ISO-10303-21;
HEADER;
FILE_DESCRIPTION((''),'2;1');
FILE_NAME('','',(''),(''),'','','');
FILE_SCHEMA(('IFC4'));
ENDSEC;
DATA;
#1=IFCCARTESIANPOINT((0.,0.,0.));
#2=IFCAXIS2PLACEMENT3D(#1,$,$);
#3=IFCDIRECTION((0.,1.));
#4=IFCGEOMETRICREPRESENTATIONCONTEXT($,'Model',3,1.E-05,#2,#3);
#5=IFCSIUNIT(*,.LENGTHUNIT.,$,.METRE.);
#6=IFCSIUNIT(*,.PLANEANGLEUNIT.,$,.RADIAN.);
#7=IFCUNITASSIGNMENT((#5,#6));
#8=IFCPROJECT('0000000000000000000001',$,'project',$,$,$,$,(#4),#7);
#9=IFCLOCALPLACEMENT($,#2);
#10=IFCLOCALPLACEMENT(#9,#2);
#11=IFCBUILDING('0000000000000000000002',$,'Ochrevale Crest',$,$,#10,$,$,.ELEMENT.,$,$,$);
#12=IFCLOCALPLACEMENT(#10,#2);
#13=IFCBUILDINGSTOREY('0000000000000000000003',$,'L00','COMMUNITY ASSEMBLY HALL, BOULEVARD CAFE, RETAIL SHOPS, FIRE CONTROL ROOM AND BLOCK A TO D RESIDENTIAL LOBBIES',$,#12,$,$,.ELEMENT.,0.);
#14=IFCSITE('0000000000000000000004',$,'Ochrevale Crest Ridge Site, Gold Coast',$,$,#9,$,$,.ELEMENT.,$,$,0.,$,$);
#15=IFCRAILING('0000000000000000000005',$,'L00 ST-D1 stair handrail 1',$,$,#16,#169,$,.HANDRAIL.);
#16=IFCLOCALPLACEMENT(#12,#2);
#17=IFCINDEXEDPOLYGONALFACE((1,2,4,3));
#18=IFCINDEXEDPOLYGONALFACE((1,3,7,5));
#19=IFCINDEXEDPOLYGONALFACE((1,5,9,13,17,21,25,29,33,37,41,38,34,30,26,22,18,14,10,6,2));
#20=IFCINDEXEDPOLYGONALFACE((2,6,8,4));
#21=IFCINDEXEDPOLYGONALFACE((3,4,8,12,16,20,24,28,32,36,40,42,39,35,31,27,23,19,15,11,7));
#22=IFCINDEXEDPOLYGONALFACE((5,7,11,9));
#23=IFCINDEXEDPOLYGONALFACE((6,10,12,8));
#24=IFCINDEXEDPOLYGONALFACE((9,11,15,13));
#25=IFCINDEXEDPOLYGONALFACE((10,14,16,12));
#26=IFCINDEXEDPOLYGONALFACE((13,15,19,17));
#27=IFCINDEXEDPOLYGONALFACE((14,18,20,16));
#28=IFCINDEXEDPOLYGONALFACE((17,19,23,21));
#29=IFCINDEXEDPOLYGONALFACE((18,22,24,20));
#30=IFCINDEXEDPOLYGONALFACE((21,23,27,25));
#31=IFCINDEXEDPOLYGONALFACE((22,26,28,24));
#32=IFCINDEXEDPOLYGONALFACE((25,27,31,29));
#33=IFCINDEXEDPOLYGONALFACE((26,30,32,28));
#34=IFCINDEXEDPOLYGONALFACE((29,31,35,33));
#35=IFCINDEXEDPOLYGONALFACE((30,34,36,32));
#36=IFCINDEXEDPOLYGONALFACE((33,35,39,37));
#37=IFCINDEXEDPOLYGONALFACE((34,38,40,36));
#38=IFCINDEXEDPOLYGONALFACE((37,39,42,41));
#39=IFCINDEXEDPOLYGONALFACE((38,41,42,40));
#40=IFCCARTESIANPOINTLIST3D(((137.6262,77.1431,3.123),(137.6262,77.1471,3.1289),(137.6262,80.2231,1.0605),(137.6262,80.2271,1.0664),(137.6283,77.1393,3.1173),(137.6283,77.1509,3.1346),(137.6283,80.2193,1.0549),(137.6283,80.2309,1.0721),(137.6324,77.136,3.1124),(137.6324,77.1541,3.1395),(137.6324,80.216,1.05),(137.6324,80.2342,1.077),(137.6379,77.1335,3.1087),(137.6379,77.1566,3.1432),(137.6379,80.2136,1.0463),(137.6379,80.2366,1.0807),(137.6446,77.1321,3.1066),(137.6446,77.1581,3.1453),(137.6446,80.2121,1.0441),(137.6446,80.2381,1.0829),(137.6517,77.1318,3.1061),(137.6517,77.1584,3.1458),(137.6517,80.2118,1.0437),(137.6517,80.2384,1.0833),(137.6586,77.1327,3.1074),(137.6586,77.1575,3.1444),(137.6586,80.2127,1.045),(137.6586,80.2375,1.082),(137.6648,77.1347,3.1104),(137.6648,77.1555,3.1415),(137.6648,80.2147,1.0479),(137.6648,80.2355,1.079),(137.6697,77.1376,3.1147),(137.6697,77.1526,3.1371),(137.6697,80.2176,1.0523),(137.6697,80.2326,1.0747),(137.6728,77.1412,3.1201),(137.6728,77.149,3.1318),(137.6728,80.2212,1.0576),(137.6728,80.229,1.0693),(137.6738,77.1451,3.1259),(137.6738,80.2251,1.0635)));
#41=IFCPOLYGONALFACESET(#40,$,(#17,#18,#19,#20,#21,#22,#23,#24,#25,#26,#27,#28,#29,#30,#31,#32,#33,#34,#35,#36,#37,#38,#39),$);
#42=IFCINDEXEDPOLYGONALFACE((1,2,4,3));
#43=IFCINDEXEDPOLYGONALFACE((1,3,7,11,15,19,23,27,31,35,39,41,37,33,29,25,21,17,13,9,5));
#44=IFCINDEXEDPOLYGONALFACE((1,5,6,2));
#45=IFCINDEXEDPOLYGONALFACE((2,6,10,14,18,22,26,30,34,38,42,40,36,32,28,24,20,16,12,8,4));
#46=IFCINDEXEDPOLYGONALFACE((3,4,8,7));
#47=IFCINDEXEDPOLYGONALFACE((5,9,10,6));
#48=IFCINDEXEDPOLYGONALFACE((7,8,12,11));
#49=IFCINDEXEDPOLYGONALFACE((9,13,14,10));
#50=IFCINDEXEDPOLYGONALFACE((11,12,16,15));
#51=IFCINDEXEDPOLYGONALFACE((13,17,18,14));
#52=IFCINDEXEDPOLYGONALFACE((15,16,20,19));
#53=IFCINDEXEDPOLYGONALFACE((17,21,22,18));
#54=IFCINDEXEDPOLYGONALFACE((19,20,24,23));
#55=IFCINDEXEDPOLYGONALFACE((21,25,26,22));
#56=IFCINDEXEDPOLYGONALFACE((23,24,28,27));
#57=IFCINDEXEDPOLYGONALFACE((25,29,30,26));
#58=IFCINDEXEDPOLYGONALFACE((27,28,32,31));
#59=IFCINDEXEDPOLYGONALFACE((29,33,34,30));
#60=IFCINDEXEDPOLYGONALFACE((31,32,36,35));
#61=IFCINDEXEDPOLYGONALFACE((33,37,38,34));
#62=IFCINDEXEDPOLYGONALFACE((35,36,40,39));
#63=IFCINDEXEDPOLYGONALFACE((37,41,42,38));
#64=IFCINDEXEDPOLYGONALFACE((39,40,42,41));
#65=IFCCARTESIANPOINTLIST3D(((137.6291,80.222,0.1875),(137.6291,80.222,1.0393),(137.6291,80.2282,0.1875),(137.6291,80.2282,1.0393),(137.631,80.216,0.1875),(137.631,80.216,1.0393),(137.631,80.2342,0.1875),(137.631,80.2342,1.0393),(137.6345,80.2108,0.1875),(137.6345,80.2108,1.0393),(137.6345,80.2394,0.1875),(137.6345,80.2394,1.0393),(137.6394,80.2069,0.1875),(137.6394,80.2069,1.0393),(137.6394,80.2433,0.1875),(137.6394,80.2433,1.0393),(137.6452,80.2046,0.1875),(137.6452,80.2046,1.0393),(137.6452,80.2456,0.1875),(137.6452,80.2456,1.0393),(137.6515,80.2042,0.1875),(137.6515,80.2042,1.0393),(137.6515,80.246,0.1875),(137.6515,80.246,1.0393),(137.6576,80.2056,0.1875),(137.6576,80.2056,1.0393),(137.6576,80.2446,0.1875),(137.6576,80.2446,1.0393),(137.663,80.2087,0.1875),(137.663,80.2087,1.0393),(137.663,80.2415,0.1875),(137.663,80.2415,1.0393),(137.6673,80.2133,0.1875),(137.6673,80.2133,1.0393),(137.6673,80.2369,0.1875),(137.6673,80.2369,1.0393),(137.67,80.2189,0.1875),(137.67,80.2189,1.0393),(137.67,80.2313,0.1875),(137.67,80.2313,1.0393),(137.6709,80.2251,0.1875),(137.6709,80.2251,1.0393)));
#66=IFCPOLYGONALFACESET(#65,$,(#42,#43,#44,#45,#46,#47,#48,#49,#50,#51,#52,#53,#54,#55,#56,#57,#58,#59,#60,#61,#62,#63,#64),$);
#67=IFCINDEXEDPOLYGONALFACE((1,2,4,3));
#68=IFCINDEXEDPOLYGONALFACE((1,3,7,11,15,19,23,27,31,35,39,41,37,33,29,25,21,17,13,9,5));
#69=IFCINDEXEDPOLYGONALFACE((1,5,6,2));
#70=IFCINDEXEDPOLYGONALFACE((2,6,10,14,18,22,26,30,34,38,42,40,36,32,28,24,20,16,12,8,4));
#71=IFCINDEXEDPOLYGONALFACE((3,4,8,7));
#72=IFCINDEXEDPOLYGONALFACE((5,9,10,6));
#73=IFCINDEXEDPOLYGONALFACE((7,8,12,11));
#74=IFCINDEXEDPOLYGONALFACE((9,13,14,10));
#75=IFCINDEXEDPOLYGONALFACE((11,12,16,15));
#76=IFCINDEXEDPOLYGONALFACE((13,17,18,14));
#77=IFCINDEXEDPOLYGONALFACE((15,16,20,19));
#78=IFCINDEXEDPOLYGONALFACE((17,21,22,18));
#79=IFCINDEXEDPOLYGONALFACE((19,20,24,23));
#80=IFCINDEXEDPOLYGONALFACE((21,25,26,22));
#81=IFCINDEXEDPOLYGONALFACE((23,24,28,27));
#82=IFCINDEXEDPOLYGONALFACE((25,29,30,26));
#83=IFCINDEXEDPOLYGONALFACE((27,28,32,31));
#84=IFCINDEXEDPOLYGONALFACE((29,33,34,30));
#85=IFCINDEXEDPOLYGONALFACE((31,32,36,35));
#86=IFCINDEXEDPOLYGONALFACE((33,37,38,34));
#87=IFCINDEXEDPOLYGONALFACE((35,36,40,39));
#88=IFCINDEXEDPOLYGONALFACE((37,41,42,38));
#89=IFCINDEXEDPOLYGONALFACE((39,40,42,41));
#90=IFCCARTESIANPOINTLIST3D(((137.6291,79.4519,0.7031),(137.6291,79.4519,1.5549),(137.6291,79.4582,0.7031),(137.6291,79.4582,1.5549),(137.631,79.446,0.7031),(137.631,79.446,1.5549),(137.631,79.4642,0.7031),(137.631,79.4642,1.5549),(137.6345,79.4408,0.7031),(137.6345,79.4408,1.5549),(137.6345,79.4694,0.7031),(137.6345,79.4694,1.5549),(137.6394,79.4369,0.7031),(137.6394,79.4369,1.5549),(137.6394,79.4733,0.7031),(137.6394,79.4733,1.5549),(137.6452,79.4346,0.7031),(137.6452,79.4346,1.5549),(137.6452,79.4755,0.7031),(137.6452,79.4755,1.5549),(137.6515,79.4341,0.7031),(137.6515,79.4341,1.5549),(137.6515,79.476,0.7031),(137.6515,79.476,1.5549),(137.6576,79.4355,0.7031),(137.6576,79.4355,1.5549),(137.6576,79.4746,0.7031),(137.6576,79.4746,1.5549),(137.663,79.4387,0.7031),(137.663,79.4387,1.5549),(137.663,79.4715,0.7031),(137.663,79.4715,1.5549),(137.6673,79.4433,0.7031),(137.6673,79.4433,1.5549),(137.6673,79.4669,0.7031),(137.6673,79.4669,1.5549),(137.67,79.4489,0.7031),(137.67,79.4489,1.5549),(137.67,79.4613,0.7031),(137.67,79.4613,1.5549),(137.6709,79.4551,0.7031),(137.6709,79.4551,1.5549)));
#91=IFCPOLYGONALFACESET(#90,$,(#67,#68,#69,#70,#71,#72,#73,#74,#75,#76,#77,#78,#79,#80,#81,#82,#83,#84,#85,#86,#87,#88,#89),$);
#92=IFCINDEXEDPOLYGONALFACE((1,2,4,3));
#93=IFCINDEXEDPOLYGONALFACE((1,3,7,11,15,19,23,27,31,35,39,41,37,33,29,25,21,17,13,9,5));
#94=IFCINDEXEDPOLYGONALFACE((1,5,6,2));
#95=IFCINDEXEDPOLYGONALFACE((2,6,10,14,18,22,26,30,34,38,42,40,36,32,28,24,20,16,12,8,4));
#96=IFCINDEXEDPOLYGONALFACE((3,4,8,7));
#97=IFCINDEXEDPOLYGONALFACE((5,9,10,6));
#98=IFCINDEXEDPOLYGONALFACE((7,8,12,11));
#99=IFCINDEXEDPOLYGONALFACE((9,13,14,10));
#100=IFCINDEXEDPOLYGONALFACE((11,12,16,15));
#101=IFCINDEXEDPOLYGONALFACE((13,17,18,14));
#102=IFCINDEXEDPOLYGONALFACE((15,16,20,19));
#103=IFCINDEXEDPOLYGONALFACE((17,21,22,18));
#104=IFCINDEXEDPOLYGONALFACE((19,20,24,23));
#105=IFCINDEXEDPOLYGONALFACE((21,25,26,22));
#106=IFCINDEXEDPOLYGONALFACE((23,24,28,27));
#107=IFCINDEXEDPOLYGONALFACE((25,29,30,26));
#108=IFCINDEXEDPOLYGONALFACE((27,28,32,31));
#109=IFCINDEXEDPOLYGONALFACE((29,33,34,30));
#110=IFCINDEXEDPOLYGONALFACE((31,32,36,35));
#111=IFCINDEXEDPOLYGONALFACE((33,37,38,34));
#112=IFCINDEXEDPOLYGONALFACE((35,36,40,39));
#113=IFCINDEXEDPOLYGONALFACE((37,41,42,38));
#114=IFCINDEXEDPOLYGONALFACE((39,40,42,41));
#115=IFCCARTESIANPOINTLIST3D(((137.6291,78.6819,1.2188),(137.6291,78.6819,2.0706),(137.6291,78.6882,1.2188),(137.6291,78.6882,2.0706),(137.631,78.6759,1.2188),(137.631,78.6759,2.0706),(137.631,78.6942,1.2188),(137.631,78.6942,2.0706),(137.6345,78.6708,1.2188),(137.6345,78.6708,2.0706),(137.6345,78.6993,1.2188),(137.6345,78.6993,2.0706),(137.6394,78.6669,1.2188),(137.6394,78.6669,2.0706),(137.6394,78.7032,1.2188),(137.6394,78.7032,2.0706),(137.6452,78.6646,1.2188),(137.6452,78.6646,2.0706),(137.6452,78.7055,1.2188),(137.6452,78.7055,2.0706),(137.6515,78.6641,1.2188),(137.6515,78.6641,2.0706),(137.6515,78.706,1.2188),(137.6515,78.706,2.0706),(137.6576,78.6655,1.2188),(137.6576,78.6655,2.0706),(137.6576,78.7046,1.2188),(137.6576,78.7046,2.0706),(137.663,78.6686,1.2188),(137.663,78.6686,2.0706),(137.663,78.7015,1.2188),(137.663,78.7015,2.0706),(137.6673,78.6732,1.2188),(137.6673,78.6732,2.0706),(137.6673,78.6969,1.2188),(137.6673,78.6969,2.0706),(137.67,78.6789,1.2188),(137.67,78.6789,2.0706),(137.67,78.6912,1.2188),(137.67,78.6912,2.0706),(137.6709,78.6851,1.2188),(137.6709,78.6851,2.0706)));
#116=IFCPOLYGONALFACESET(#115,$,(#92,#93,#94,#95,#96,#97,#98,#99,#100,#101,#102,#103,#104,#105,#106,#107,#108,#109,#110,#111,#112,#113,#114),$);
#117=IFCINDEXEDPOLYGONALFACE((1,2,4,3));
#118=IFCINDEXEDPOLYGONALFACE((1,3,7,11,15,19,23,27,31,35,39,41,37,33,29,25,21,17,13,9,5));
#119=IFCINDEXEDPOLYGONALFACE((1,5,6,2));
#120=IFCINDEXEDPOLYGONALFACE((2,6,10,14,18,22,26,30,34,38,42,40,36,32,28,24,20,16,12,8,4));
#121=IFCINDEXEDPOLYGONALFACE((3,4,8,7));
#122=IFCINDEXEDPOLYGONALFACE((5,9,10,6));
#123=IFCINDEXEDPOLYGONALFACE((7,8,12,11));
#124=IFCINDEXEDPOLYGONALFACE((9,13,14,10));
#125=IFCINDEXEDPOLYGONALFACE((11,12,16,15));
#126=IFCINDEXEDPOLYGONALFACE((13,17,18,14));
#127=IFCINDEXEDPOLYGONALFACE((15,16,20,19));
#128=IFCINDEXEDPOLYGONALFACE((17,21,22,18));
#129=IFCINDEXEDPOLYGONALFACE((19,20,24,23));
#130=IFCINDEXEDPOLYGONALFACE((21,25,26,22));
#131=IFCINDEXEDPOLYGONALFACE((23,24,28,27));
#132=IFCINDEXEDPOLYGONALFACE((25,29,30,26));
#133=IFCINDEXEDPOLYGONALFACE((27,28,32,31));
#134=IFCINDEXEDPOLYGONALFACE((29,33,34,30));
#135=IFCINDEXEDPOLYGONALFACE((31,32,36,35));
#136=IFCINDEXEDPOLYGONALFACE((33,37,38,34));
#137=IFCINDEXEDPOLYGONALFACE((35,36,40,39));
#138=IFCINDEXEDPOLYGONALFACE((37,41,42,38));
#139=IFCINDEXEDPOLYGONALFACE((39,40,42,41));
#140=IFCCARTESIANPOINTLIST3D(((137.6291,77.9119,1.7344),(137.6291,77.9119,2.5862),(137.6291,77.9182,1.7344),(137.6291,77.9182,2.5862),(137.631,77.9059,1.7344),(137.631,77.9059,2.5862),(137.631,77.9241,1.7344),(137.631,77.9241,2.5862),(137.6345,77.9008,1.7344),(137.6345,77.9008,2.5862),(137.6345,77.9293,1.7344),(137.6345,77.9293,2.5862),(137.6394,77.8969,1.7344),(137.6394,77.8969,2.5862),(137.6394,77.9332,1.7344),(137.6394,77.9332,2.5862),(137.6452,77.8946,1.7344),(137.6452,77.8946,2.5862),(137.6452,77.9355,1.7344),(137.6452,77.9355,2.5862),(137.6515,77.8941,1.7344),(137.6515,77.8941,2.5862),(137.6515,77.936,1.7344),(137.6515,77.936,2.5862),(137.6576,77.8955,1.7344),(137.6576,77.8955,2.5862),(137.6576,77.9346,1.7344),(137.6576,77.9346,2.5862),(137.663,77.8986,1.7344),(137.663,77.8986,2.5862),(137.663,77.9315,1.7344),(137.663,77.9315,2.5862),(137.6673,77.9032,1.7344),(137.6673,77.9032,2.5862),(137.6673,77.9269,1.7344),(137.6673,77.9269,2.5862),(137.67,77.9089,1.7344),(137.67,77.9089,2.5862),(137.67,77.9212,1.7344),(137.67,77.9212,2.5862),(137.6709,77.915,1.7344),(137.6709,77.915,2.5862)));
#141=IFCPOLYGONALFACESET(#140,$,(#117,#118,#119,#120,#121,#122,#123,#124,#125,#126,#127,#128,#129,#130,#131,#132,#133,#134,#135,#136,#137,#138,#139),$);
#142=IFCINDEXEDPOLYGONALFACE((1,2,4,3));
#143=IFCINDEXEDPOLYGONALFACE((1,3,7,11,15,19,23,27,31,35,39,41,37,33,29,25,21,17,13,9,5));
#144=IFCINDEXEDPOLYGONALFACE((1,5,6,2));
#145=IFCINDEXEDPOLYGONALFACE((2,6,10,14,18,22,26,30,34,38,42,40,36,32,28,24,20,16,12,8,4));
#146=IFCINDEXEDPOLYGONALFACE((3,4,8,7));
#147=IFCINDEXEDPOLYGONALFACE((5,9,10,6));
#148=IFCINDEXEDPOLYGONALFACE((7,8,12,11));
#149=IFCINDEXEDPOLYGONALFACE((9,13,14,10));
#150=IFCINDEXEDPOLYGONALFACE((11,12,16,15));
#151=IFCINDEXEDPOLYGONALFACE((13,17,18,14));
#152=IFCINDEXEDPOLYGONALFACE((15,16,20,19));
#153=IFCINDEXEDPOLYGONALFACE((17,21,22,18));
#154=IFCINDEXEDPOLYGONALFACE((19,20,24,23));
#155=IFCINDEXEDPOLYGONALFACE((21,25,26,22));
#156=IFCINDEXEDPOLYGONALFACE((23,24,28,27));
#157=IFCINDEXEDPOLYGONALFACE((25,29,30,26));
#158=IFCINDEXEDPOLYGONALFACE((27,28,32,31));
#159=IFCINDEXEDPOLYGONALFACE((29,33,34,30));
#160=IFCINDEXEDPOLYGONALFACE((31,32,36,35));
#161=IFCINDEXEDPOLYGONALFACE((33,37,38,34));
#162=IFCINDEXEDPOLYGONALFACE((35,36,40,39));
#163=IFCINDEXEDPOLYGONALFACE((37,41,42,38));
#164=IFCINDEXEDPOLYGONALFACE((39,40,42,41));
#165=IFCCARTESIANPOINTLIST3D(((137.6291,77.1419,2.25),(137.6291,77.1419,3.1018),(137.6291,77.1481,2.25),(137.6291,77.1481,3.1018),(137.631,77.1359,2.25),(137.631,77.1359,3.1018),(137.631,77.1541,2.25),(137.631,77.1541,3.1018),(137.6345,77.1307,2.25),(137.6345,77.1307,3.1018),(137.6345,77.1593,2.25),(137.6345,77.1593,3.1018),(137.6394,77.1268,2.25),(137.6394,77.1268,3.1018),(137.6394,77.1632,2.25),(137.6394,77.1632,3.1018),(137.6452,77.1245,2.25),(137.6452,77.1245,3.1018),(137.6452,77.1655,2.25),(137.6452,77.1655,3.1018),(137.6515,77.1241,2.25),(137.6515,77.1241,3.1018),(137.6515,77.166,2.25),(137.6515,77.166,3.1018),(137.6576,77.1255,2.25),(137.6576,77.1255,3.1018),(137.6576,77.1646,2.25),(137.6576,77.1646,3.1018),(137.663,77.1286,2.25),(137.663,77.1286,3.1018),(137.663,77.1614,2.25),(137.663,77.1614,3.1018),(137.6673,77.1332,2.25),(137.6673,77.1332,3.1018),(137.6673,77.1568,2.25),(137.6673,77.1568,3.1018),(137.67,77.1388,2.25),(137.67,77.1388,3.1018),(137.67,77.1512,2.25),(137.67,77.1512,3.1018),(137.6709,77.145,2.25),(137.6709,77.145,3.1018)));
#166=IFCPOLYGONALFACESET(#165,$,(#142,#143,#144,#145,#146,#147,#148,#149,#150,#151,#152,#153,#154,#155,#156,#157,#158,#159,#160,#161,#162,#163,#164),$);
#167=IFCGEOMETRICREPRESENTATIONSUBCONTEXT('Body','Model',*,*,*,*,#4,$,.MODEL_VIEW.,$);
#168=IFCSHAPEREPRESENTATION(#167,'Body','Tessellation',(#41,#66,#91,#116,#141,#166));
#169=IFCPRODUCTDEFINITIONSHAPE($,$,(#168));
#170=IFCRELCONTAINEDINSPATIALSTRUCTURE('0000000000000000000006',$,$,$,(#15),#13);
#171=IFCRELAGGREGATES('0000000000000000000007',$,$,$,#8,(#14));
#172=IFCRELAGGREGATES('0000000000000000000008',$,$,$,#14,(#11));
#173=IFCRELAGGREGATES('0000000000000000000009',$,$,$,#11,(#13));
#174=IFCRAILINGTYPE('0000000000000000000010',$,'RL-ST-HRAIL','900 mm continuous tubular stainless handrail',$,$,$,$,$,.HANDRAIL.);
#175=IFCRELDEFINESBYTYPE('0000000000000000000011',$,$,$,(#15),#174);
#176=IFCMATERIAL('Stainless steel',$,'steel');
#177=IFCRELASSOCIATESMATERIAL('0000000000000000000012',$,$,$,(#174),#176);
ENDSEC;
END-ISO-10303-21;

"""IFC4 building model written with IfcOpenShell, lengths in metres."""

from ifc_helpers import new_model, si_unit, direction, frame, origin, origin_2d, place, context, subcontext, project, spatial, circle, extrude, material, type_object, element, save


model = new_model("IFC4")

# Units and contexts
model_context = context("Model", 3, precision=1e-05, world=origin(), true_north=direction((0.0, 1.0)))
body_context = subcontext(model_context, "Body", "Model", "MODEL_VIEW")
ifc_project = project(units=[si_unit("LENGTHUNIT", "METRE"), si_unit("PLANEANGLEUNIT", "RADIAN")], contexts=[model_context])

# Site, building, storey
site_placement = place(None, origin())
site = spatial("IfcSite", under=ifc_project, at=site_placement, Name="Ochrevale Crest Ridge Site, Gold Coast", CompositionType="ELEMENT", RefElevation=0.0)
building_placement = place(site_placement, origin())
building = spatial("IfcBuilding", under=site, at=building_placement, Name="Ochrevale Crest", CompositionType="ELEMENT")
storey_placement = place(building_placement, origin())
storey = spatial("IfcBuildingStorey", under=building, at=storey_placement, Name="L00", Description="COMMUNITY ASSEMBLY HALL, BOULEVARD CAFE, RETAIL SHOPS, FIRE CONTROL ROOM AND BLOCK A TO D RESIDENTIAL LOBBIES", CompositionType="ELEMENT", Elevation=0.0)

# Railing
ifc_material_1 = material(Name="Stainless steel", Category="steel")
railing_type_1 = type_object("IfcRailingType", Name="RL-ST-HRAIL", Description="900 mm continuous tubular stainless handrail", PredefinedType="HANDRAIL", material=ifc_material_1)
railing_1_placement = place(storey_placement, frame((137.6499, 80.2251, 0.1875)))
element("IfcRailing", 1, at=railing_1_placement, inside=storey, type_object=railing_type_1, Name="L00 ST-D1 stair handrail 1", PredefinedType="HANDRAIL", context=body_context, shape_type="SweptSolid", body=[
    extrude(circle(Radius=0.0239, at=origin_2d()), frame((0.0, 0.0, 0.876), z_axis=(0.0, -0.830914, 0.556401), x_axis=(1.0, 0.0, 0.0)), (0.0, 0.0, 1.0), 3.7068),
    extrude(circle(Radius=0.021, at=origin_2d()), origin(), (0.0, 0.0, 1.0), 0.8518),
    extrude(circle(Radius=0.021, at=origin_2d()), frame((0.0, -0.77, 0.5156)), (0.0, 0.0, 1.0), 0.8518),
    extrude(circle(Radius=0.021, at=origin_2d()), frame((0.0, -1.54, 1.0312)), (0.0, 0.0, 1.0), 0.8518),
    extrude(circle(Radius=0.021, at=origin_2d()), frame((0.0, -2.3101, 1.5469)), (0.0, 0.0, 1.0), 0.8518),
    extrude(circle(Radius=0.021, at=origin_2d()), frame((0.0, -3.0801, 2.0625)), (0.0, 0.0, 1.0), 0.8518),
])

save(model, "model.ifc")
